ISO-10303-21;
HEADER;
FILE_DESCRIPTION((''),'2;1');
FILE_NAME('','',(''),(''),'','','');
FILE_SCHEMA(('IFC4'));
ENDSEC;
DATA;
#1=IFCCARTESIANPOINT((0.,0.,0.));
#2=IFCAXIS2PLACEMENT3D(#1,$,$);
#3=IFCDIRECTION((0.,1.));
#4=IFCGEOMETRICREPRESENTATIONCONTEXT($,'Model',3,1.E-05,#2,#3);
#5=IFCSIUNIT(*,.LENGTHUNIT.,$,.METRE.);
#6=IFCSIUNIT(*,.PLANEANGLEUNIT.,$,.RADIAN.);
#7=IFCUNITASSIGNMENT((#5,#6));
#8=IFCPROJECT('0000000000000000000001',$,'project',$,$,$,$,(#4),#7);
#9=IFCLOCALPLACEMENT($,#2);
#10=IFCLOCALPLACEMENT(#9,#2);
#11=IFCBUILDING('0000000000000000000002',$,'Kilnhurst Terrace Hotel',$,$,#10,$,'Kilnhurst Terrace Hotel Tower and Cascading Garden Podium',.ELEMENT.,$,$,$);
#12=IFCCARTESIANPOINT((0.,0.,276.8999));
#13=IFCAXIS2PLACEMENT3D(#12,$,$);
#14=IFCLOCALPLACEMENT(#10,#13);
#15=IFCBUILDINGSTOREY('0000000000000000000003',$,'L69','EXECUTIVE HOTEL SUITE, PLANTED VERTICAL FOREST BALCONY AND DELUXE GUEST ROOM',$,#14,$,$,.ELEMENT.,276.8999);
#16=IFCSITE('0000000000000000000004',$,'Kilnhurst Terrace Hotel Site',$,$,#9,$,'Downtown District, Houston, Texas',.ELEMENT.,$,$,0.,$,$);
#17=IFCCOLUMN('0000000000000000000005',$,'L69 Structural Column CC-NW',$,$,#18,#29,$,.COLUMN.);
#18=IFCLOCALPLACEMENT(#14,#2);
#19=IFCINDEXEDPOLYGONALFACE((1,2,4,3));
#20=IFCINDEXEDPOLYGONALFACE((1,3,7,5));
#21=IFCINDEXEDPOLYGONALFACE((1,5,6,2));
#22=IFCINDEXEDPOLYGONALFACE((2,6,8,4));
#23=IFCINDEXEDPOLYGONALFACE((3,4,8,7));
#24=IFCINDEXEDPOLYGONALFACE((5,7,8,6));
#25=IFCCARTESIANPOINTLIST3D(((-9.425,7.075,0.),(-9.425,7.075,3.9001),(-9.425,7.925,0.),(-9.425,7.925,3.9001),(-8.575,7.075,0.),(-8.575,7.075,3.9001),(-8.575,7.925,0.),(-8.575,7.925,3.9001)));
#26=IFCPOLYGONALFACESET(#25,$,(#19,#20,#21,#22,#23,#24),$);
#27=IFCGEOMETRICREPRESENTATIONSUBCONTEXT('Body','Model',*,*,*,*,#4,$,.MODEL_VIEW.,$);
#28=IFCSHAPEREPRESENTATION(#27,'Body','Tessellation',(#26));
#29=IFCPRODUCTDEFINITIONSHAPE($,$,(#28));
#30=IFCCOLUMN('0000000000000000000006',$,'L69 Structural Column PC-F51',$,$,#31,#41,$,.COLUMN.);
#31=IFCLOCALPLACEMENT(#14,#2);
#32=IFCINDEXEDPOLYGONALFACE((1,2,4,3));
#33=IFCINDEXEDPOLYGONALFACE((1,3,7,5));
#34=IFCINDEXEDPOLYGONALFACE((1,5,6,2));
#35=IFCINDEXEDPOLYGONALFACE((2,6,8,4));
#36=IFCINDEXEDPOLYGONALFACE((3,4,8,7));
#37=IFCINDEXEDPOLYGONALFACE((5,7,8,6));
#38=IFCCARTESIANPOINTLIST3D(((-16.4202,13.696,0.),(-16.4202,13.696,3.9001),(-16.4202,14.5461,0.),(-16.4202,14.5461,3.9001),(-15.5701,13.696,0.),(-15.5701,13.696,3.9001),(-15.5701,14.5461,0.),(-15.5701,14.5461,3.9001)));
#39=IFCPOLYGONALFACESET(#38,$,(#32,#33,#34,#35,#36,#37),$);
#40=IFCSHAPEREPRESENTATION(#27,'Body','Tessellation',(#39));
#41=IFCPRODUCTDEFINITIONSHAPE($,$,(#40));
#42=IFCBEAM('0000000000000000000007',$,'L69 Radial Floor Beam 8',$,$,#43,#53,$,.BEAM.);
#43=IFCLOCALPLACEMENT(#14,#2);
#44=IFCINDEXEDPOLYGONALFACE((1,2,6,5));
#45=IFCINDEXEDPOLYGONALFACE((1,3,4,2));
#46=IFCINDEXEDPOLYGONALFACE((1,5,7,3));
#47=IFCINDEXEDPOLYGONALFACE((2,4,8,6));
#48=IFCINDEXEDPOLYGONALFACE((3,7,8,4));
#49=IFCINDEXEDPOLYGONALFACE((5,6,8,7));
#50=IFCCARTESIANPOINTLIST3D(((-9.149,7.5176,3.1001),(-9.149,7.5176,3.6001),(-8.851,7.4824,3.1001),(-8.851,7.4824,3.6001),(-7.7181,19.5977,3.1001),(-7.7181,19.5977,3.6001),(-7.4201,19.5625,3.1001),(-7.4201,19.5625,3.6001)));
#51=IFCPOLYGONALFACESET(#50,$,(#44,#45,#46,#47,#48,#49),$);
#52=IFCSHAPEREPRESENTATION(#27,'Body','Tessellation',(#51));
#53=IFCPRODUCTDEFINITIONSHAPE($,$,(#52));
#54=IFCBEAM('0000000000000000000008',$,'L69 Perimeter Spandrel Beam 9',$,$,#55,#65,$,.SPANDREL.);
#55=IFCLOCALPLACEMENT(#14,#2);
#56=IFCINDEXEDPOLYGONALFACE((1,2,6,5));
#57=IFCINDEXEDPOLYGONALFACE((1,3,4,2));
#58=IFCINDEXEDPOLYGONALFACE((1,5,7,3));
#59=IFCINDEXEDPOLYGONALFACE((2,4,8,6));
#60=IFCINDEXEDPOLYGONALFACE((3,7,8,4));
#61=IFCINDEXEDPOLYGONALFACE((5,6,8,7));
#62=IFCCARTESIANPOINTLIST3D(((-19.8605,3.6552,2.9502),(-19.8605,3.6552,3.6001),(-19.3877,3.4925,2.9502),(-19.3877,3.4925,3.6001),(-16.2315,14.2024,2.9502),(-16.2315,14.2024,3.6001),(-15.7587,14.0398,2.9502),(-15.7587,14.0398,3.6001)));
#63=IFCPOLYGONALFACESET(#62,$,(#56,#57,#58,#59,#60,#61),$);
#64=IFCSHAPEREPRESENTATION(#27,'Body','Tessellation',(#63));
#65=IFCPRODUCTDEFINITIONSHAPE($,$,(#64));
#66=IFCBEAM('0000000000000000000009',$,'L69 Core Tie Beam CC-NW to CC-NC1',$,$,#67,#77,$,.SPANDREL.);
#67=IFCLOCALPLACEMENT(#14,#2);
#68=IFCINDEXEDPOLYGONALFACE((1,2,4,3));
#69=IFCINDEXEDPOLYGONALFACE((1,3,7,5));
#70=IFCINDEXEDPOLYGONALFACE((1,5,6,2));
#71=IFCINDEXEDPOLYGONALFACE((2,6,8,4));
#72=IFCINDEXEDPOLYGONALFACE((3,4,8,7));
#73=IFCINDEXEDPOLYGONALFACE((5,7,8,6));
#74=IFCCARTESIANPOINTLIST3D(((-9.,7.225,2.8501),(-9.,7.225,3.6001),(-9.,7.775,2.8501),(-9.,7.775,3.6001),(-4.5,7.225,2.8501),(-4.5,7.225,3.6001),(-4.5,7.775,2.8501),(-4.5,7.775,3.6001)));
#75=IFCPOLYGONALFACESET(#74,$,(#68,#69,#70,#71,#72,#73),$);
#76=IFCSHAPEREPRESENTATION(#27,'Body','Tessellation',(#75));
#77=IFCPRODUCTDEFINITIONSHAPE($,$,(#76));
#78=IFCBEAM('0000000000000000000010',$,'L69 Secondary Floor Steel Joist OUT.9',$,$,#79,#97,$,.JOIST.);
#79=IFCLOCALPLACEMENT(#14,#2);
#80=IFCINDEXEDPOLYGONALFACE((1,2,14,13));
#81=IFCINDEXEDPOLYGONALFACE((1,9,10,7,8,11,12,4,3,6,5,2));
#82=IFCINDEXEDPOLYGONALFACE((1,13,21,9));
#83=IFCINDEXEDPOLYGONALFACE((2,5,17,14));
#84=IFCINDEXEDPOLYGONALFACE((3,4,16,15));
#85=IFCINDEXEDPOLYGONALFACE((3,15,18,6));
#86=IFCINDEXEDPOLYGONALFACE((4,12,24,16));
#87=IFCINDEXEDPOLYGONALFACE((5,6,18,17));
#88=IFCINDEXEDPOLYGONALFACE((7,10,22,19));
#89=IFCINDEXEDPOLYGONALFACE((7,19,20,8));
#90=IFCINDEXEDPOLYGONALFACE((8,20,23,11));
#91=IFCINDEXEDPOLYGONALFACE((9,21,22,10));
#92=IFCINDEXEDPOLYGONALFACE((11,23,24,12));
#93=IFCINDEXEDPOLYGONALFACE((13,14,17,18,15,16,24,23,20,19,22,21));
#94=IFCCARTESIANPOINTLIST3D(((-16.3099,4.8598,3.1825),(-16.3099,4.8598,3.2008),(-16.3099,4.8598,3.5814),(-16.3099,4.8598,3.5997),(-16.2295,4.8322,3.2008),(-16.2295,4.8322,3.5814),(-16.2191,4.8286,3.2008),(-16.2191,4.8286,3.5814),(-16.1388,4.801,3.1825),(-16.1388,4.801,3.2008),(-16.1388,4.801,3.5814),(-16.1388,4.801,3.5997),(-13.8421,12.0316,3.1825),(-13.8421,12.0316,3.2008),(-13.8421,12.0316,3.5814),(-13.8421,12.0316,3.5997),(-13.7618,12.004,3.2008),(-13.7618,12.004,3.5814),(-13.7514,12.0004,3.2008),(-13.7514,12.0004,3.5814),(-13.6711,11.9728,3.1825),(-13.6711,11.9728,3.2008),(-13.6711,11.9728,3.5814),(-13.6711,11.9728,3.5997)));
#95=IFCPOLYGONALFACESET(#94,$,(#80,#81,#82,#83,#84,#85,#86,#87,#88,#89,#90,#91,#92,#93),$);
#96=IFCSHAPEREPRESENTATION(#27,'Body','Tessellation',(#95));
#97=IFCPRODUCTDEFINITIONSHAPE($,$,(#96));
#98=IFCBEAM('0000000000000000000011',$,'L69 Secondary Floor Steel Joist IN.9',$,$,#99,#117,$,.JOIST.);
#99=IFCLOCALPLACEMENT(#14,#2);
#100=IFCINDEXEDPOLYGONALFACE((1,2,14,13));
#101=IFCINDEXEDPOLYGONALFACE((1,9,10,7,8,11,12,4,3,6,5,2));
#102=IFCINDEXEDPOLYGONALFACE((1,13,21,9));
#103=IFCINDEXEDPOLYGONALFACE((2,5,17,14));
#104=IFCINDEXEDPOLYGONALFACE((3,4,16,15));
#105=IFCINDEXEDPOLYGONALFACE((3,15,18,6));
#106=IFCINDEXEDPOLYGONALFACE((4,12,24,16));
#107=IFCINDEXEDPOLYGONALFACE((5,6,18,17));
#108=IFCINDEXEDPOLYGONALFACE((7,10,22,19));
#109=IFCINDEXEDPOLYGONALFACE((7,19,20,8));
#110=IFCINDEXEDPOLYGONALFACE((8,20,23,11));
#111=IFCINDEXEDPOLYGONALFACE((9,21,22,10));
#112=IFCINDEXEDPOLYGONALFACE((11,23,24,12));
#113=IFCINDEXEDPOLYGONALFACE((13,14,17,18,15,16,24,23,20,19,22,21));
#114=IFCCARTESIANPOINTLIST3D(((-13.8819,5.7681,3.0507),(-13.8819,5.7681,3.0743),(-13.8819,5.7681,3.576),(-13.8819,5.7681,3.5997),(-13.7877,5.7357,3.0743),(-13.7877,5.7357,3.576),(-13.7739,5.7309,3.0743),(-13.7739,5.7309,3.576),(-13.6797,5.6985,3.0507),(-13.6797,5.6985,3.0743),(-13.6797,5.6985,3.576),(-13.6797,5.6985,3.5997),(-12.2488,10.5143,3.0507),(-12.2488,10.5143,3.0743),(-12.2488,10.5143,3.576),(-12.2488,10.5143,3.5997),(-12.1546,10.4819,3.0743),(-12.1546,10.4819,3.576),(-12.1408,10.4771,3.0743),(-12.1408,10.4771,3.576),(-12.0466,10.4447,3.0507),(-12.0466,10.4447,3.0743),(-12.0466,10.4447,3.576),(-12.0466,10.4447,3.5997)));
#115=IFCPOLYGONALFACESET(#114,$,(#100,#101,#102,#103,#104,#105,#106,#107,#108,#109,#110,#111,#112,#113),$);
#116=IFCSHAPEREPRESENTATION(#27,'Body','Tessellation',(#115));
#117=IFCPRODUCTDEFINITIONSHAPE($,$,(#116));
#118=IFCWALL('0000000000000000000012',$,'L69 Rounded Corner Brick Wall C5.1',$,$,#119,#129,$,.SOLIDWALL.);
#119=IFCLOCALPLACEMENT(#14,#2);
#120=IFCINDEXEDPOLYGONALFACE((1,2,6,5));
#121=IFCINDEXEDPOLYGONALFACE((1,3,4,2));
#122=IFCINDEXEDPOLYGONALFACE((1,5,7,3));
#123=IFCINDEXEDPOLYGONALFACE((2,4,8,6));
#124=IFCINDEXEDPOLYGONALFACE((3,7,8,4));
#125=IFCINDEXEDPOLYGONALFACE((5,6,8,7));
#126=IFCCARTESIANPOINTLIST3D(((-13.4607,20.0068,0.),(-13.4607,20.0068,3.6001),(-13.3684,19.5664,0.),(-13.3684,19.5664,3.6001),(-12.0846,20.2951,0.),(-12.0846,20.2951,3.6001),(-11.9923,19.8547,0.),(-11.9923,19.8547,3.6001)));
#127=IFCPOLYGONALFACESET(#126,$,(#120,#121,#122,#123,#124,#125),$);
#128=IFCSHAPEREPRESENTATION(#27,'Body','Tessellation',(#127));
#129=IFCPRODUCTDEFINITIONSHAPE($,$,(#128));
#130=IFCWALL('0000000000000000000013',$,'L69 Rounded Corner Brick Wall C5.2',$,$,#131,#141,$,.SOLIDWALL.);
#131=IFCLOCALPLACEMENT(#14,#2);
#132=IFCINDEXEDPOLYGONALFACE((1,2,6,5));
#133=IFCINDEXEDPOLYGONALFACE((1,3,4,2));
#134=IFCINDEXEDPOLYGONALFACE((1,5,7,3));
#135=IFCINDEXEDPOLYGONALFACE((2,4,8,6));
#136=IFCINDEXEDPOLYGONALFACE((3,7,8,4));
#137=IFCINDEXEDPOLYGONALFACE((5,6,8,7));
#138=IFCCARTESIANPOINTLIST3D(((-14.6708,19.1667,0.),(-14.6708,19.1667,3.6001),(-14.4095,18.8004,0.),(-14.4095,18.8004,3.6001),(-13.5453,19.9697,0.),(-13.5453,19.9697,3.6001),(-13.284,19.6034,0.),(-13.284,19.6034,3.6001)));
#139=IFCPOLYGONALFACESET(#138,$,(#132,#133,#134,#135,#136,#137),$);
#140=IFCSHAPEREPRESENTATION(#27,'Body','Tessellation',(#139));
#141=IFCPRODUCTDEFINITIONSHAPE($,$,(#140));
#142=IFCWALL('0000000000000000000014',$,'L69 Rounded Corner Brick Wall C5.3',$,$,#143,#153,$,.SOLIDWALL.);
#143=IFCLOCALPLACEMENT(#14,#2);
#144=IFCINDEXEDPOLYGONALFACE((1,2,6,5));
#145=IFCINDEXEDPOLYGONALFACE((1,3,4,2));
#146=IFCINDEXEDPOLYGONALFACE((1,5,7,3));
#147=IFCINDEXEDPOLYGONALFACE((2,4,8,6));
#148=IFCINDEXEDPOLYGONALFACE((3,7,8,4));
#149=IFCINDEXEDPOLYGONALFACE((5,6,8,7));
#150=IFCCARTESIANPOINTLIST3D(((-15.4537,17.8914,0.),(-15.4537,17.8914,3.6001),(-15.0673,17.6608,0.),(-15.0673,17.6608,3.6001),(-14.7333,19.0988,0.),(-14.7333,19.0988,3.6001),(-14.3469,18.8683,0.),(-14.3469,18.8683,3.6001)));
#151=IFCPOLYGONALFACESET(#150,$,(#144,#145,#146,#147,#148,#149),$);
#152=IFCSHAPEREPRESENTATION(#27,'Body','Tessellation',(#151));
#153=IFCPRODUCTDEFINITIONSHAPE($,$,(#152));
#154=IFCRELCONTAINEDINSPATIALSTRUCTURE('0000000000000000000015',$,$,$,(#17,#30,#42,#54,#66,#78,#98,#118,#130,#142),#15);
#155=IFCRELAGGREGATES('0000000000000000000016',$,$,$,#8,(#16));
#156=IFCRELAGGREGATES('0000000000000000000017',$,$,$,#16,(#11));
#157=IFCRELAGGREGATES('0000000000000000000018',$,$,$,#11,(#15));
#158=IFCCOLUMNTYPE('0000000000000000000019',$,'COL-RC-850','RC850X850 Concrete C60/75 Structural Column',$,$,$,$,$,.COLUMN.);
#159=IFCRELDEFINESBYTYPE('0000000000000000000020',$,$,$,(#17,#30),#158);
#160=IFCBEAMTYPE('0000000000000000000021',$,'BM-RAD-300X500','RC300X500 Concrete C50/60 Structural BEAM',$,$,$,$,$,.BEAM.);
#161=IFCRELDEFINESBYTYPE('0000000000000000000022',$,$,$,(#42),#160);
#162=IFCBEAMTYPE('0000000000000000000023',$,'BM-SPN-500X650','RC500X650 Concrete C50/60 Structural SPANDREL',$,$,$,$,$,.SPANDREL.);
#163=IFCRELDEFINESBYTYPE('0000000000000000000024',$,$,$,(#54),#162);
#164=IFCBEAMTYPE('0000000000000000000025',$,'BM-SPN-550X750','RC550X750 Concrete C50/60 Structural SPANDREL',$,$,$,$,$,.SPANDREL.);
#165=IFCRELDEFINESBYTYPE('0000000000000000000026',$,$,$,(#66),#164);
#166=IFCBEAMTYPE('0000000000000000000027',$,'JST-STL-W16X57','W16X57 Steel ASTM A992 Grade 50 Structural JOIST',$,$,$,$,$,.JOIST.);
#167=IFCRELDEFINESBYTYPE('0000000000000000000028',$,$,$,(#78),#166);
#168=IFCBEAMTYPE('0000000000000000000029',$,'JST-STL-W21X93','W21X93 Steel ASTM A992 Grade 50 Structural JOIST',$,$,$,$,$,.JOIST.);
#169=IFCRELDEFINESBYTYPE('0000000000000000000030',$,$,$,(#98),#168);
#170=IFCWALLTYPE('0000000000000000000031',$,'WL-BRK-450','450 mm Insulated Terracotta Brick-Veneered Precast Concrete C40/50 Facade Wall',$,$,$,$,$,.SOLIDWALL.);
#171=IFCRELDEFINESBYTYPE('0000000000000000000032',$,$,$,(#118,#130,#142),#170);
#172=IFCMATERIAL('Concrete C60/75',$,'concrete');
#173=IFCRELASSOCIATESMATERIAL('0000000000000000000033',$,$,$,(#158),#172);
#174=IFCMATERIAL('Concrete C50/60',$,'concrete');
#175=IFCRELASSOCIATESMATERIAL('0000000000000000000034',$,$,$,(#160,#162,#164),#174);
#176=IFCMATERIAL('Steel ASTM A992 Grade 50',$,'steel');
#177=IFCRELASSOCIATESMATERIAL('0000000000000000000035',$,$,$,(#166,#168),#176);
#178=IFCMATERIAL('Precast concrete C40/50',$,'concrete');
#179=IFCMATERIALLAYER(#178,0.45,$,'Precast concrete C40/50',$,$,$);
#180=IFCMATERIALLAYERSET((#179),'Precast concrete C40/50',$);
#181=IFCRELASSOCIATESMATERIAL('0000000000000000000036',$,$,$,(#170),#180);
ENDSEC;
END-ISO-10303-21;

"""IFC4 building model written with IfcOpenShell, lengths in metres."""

from ifc_helpers import new_model, si_unit, direction, frame, frame_2d, origin, origin_2d, place, context, subcontext, project, spatial, rectangle, i_section, extrude, material, layer, layer_set, material_profile, profile_set, type_object, element, save


model = new_model("IFC4")

# Units and contexts
model_context = context("Model", 3, precision=1e-05, world=origin(), true_north=direction((0.0, 1.0)))
body_context = subcontext(model_context, "Body", "Model", "MODEL_VIEW")
ifc_project = project(units=[si_unit("LENGTHUNIT", "METRE"), si_unit("PLANEANGLEUNIT", "RADIAN")], contexts=[model_context])

# Site, building, storey
site_placement = place(None, origin())
site = spatial("IfcSite", under=ifc_project, at=site_placement, Name="Kilnhurst Terrace Hotel Site", LongName="Downtown District, Houston, Texas", CompositionType="ELEMENT", RefElevation=0.0)
building_placement = place(site_placement, origin())
building = spatial("IfcBuilding", under=site, at=building_placement, Name="Kilnhurst Terrace Hotel", LongName="Kilnhurst Terrace Hotel Tower and Cascading Garden Podium", CompositionType="ELEMENT")
storey_placement = place(building_placement, frame((0.0, 0.0, 276.8999)))
storey = spatial("IfcBuildingStorey", under=building, at=storey_placement, Name="L69", Description="EXECUTIVE HOTEL SUITE, PLANTED VERTICAL FOREST BALCONY AND DELUXE GUEST ROOM", CompositionType="ELEMENT", Elevation=276.8999)

# Columns
ifc_material_1 = material(Name="Concrete C60/75", Category="concrete")
ifc_material_profile_1 = material_profile(ifc_material_1, rectangle(XDim=0.8501, YDim=0.8501, at=origin_2d()), Name="RC850X850")
ifc_profile_set_1 = profile_set([ifc_material_profile_1], Name="Concrete C60/75")
column_type = type_object("IfcColumnType", Name="COL-RC-850", Description="RC850X850 Concrete C60/75 Structural Column", PredefinedType="COLUMN", material=ifc_profile_set_1)
for number, where, z_axis, x_axis, name in (
    (1, (-9.0, 7.5, 0.0), (0.0, 0.0, 1.0), (1.0, 0.0, 0.0), "L69 Structural Column CC-NW"),
    (2, (-15.9951, 14.1211, 0.0), (0.0, 0.0, 1.0), (1.0, 0.0, 0.0), "L69 Structural Column PC-F51"),
):
    element("IfcColumn", number, at=place(storey_placement, frame(where, z_axis=z_axis, x_axis=x_axis)), inside=storey, type_object=column_type, Name=name, PredefinedType="COLUMN", context=body_context, shape_type="SweptSolid", body=[
        extrude(rectangle(XDim=0.8501, YDim=0.8501, at=origin_2d()), origin(), (0.0, 0.0, 1.0), 3.9001),
    ])

# Beams
ifc_material_2 = material(Name="Concrete C50/60", Category="concrete")
ifc_material_profile_2 = material_profile(ifc_material_2, rectangle(XDim=0.3, YDim=0.5, at=origin_2d()), Name="RC300X500")
ifc_profile_set_2 = profile_set([ifc_material_profile_2], Name="Concrete C50/60")
beam_type_1 = type_object("IfcBeamType", Name="BM-RAD-300X500", Description="RC300X500 Concrete C50/60 Structural BEAM", PredefinedType="BEAM", material=ifc_profile_set_2)
beam_1_placement = place(storey_placement, frame((-9.0, 7.5, 3.3501), z_axis=(0.11763, 0.993058, 0.0), x_axis=(-0.993058, 0.11763, 0.0)))
element("IfcBeam", 3, at=beam_1_placement, inside=storey, type_object=beam_type_1, Name="L69 Radial Floor Beam 8", PredefinedType="BEAM", context=body_context, shape_type="SweptSolid", body=[
    extrude(rectangle(XDim=0.3, YDim=0.5, at=origin_2d()), origin(), (0.0, 0.0, 1.0), 12.1646),
])
ifc_material_profile_3 = material_profile(ifc_material_2, rectangle(XDim=0.5, YDim=0.6499, at=origin_2d()), Name="RC500X650")
ifc_profile_set_3 = profile_set([ifc_material_profile_3], Name="Concrete C50/60")
beam_type_2 = type_object("IfcBeamType", Name="BM-SPN-500X650", Description="RC500X650 Concrete C50/60 Structural SPANDREL", PredefinedType="SPANDREL", material=ifc_profile_set_3)
beam_2_placement = place(storey_placement, frame((-15.9951, 14.1211, 3.2751), z_axis=(-0.325347, -0.945595, 0.0), x_axis=(0.945595, -0.325347, 0.0)))
element("IfcBeam", 4, at=beam_2_placement, inside=storey, type_object=beam_type_2, Name="L69 Perimeter Spandrel Beam 9", PredefinedType="SPANDREL", context=body_context, shape_type="SweptSolid", body=[
    extrude(rectangle(XDim=0.5, YDim=0.6499, at=origin_2d()), origin(), (0.0, 0.0, 1.0), 11.1541),
])
ifc_material_profile_4 = material_profile(ifc_material_2, rectangle(XDim=0.55, YDim=0.75, at=origin_2d()), Name="RC550X750")
ifc_profile_set_4 = profile_set([ifc_material_profile_4], Name="Concrete C50/60")
beam_type_3 = type_object("IfcBeamType", Name="BM-SPN-550X750", Description="RC550X750 Concrete C50/60 Structural SPANDREL", PredefinedType="SPANDREL", material=ifc_profile_set_4)
beam_3_placement = place(storey_placement, frame((-9.0, 7.5, 3.2251), z_axis=(1.0, 0.0, 0.0), x_axis=(0.0, 1.0, 0.0)))
element("IfcBeam", 5, at=beam_3_placement, inside=storey, type_object=beam_type_3, Name="L69 Core Tie Beam CC-NW to CC-NC1", PredefinedType="SPANDREL", context=body_context, shape_type="SweptSolid", body=[
    extrude(rectangle(XDim=0.55, YDim=0.75, at=origin_2d()), origin(), (0.0, 0.0, 1.0), 4.5),
])
ifc_material_3 = material(Name="Steel ASTM A992 Grade 50", Category="steel")
ifc_material_profile_5 = material_profile(ifc_material_3, i_section(OverallWidth=0.1809, OverallDepth=0.4172, WebThickness=0.011, FlangeThickness=0.0183, at=origin_2d()), Name="W16X57")
ifc_profile_set_5 = profile_set([ifc_material_profile_5], Name="Steel ASTM A992 Grade 50")
beam_type_4 = type_object("IfcBeamType", Name="JST-STL-W16X57", Description="W16X57 Steel ASTM A992 Grade 50 Structural JOIST", PredefinedType="JOIST", material=ifc_profile_set_5)
beam_4_placement = place(storey_placement, frame((-13.7566, 12.0022, 3.3911), z_axis=(-0.325368, -0.945588, 0.0), x_axis=(0.945588, -0.325368, 0.0)))
element("IfcBeam", 6, at=beam_4_placement, inside=storey, type_object=beam_type_4, Name="L69 Secondary Floor Steel Joist OUT.9", PredefinedType="JOIST", context=body_context, shape_type="SweptSolid", body=[
    extrude(i_section(OverallWidth=0.1809, OverallDepth=0.4172, WebThickness=0.011, FlangeThickness=0.0183, at=origin_2d()), origin(), (0.0, 0.0, 1.0), 7.5845),
])
ifc_material_profile_6 = material_profile(ifc_material_3, i_section(OverallWidth=0.2139, OverallDepth=0.5491, WebThickness=0.0146, FlangeThickness=0.0237, at=origin_2d()), Name="W21X93")
ifc_profile_set_6 = profile_set([ifc_material_profile_6], Name="Steel ASTM A992 Grade 50")
beam_type_5 = type_object("IfcBeamType", Name="JST-STL-W21X93", Description="W21X93 Steel ASTM A992 Grade 50 Structural JOIST", PredefinedType="JOIST", material=ifc_profile_set_6)
beam_5_placement = place(storey_placement, frame((-12.1477, 10.4795, 3.3252), z_axis=(-0.325363, -0.945589, 0.0), x_axis=(0.945589, -0.325363, 0.0)))
element("IfcBeam", 7, at=beam_5_placement, inside=storey, type_object=beam_type_5, Name="L69 Secondary Floor Steel Joist IN.9", PredefinedType="JOIST", context=body_context, shape_type="SweptSolid", body=[
    extrude(i_section(OverallWidth=0.2139, OverallDepth=0.5491, WebThickness=0.0146, FlangeThickness=0.0237, at=origin_2d()), origin(), (0.0, 0.0, 1.0), 5.0193),
])

# Walls
ifc_material_4 = material(Name="Precast concrete C40/50", Category="concrete")
ifc_layer_1 = layer(ifc_material_4, 0.45, Name="Precast concrete C40/50")
ifc_layer_set_1 = layer_set([ifc_layer_1], Name="Precast concrete C40/50")
wall_type_1 = type_object("IfcWallType", Name="WL-BRK-450", Description="450 mm Insulated Terracotta Brick-Veneered Precast Concrete C40/50 Facade Wall", PredefinedType="SOLIDWALL", material=ifc_layer_set_1)
wall_1_placement = place(storey_placement, frame((-12.0383, 20.075, 0.0), z_axis=(0.0, 0.0, 1.0), x_axis=(-0.97875, -0.205057, 0.0)))
element("IfcWall", 8, at=wall_1_placement, inside=storey, type_object=wall_type_1, Name="L69 Rounded Corner Brick Wall C5.1", PredefinedType="SOLIDWALL", context=body_context, shape_type="SweptSolid", body=[
    extrude(rectangle(XDim=1.406, YDim=0.45, at=frame_2d((0.7031, 0.0))), origin(), (0.0, 0.0, 1.0), 3.6001),
])
wall_2_placement = place(storey_placement, frame((-13.4146, 19.7866, 0.0), z_axis=(0.0, 0.0, 1.0), x_axis=(-0.814055, -0.580787, 0.0)))
element("IfcWall", 9, at=wall_2_placement, inside=storey, type_object=wall_type_1, Name="L69 Rounded Corner Brick Wall C5.2", PredefinedType="SOLIDWALL", context=body_context, shape_type="SweptSolid", body=[
    extrude(rectangle(XDim=1.3826, YDim=0.45, at=frame_2d((0.6914, 0.0))), origin(), (0.0, 0.0, 1.0), 3.6001),
])
wall_3_placement = place(storey_placement, frame((-14.54, 18.9836, 0.0), z_axis=(0.0, 0.0, 1.0), x_axis=(-0.512375, -0.858762, 0.0)))
element("IfcWall", 10, at=wall_3_placement, inside=storey, type_object=wall_type_1, Name="L69 Rounded Corner Brick Wall C5.3", PredefinedType="SOLIDWALL", context=body_context, shape_type="SweptSolid", body=[
    extrude(rectangle(XDim=1.406, YDim=0.45, at=frame_2d((0.7031, 0.0))), origin(), (0.0, 0.0, 1.0), 3.6001),
])

save(model, "model.ifc")
